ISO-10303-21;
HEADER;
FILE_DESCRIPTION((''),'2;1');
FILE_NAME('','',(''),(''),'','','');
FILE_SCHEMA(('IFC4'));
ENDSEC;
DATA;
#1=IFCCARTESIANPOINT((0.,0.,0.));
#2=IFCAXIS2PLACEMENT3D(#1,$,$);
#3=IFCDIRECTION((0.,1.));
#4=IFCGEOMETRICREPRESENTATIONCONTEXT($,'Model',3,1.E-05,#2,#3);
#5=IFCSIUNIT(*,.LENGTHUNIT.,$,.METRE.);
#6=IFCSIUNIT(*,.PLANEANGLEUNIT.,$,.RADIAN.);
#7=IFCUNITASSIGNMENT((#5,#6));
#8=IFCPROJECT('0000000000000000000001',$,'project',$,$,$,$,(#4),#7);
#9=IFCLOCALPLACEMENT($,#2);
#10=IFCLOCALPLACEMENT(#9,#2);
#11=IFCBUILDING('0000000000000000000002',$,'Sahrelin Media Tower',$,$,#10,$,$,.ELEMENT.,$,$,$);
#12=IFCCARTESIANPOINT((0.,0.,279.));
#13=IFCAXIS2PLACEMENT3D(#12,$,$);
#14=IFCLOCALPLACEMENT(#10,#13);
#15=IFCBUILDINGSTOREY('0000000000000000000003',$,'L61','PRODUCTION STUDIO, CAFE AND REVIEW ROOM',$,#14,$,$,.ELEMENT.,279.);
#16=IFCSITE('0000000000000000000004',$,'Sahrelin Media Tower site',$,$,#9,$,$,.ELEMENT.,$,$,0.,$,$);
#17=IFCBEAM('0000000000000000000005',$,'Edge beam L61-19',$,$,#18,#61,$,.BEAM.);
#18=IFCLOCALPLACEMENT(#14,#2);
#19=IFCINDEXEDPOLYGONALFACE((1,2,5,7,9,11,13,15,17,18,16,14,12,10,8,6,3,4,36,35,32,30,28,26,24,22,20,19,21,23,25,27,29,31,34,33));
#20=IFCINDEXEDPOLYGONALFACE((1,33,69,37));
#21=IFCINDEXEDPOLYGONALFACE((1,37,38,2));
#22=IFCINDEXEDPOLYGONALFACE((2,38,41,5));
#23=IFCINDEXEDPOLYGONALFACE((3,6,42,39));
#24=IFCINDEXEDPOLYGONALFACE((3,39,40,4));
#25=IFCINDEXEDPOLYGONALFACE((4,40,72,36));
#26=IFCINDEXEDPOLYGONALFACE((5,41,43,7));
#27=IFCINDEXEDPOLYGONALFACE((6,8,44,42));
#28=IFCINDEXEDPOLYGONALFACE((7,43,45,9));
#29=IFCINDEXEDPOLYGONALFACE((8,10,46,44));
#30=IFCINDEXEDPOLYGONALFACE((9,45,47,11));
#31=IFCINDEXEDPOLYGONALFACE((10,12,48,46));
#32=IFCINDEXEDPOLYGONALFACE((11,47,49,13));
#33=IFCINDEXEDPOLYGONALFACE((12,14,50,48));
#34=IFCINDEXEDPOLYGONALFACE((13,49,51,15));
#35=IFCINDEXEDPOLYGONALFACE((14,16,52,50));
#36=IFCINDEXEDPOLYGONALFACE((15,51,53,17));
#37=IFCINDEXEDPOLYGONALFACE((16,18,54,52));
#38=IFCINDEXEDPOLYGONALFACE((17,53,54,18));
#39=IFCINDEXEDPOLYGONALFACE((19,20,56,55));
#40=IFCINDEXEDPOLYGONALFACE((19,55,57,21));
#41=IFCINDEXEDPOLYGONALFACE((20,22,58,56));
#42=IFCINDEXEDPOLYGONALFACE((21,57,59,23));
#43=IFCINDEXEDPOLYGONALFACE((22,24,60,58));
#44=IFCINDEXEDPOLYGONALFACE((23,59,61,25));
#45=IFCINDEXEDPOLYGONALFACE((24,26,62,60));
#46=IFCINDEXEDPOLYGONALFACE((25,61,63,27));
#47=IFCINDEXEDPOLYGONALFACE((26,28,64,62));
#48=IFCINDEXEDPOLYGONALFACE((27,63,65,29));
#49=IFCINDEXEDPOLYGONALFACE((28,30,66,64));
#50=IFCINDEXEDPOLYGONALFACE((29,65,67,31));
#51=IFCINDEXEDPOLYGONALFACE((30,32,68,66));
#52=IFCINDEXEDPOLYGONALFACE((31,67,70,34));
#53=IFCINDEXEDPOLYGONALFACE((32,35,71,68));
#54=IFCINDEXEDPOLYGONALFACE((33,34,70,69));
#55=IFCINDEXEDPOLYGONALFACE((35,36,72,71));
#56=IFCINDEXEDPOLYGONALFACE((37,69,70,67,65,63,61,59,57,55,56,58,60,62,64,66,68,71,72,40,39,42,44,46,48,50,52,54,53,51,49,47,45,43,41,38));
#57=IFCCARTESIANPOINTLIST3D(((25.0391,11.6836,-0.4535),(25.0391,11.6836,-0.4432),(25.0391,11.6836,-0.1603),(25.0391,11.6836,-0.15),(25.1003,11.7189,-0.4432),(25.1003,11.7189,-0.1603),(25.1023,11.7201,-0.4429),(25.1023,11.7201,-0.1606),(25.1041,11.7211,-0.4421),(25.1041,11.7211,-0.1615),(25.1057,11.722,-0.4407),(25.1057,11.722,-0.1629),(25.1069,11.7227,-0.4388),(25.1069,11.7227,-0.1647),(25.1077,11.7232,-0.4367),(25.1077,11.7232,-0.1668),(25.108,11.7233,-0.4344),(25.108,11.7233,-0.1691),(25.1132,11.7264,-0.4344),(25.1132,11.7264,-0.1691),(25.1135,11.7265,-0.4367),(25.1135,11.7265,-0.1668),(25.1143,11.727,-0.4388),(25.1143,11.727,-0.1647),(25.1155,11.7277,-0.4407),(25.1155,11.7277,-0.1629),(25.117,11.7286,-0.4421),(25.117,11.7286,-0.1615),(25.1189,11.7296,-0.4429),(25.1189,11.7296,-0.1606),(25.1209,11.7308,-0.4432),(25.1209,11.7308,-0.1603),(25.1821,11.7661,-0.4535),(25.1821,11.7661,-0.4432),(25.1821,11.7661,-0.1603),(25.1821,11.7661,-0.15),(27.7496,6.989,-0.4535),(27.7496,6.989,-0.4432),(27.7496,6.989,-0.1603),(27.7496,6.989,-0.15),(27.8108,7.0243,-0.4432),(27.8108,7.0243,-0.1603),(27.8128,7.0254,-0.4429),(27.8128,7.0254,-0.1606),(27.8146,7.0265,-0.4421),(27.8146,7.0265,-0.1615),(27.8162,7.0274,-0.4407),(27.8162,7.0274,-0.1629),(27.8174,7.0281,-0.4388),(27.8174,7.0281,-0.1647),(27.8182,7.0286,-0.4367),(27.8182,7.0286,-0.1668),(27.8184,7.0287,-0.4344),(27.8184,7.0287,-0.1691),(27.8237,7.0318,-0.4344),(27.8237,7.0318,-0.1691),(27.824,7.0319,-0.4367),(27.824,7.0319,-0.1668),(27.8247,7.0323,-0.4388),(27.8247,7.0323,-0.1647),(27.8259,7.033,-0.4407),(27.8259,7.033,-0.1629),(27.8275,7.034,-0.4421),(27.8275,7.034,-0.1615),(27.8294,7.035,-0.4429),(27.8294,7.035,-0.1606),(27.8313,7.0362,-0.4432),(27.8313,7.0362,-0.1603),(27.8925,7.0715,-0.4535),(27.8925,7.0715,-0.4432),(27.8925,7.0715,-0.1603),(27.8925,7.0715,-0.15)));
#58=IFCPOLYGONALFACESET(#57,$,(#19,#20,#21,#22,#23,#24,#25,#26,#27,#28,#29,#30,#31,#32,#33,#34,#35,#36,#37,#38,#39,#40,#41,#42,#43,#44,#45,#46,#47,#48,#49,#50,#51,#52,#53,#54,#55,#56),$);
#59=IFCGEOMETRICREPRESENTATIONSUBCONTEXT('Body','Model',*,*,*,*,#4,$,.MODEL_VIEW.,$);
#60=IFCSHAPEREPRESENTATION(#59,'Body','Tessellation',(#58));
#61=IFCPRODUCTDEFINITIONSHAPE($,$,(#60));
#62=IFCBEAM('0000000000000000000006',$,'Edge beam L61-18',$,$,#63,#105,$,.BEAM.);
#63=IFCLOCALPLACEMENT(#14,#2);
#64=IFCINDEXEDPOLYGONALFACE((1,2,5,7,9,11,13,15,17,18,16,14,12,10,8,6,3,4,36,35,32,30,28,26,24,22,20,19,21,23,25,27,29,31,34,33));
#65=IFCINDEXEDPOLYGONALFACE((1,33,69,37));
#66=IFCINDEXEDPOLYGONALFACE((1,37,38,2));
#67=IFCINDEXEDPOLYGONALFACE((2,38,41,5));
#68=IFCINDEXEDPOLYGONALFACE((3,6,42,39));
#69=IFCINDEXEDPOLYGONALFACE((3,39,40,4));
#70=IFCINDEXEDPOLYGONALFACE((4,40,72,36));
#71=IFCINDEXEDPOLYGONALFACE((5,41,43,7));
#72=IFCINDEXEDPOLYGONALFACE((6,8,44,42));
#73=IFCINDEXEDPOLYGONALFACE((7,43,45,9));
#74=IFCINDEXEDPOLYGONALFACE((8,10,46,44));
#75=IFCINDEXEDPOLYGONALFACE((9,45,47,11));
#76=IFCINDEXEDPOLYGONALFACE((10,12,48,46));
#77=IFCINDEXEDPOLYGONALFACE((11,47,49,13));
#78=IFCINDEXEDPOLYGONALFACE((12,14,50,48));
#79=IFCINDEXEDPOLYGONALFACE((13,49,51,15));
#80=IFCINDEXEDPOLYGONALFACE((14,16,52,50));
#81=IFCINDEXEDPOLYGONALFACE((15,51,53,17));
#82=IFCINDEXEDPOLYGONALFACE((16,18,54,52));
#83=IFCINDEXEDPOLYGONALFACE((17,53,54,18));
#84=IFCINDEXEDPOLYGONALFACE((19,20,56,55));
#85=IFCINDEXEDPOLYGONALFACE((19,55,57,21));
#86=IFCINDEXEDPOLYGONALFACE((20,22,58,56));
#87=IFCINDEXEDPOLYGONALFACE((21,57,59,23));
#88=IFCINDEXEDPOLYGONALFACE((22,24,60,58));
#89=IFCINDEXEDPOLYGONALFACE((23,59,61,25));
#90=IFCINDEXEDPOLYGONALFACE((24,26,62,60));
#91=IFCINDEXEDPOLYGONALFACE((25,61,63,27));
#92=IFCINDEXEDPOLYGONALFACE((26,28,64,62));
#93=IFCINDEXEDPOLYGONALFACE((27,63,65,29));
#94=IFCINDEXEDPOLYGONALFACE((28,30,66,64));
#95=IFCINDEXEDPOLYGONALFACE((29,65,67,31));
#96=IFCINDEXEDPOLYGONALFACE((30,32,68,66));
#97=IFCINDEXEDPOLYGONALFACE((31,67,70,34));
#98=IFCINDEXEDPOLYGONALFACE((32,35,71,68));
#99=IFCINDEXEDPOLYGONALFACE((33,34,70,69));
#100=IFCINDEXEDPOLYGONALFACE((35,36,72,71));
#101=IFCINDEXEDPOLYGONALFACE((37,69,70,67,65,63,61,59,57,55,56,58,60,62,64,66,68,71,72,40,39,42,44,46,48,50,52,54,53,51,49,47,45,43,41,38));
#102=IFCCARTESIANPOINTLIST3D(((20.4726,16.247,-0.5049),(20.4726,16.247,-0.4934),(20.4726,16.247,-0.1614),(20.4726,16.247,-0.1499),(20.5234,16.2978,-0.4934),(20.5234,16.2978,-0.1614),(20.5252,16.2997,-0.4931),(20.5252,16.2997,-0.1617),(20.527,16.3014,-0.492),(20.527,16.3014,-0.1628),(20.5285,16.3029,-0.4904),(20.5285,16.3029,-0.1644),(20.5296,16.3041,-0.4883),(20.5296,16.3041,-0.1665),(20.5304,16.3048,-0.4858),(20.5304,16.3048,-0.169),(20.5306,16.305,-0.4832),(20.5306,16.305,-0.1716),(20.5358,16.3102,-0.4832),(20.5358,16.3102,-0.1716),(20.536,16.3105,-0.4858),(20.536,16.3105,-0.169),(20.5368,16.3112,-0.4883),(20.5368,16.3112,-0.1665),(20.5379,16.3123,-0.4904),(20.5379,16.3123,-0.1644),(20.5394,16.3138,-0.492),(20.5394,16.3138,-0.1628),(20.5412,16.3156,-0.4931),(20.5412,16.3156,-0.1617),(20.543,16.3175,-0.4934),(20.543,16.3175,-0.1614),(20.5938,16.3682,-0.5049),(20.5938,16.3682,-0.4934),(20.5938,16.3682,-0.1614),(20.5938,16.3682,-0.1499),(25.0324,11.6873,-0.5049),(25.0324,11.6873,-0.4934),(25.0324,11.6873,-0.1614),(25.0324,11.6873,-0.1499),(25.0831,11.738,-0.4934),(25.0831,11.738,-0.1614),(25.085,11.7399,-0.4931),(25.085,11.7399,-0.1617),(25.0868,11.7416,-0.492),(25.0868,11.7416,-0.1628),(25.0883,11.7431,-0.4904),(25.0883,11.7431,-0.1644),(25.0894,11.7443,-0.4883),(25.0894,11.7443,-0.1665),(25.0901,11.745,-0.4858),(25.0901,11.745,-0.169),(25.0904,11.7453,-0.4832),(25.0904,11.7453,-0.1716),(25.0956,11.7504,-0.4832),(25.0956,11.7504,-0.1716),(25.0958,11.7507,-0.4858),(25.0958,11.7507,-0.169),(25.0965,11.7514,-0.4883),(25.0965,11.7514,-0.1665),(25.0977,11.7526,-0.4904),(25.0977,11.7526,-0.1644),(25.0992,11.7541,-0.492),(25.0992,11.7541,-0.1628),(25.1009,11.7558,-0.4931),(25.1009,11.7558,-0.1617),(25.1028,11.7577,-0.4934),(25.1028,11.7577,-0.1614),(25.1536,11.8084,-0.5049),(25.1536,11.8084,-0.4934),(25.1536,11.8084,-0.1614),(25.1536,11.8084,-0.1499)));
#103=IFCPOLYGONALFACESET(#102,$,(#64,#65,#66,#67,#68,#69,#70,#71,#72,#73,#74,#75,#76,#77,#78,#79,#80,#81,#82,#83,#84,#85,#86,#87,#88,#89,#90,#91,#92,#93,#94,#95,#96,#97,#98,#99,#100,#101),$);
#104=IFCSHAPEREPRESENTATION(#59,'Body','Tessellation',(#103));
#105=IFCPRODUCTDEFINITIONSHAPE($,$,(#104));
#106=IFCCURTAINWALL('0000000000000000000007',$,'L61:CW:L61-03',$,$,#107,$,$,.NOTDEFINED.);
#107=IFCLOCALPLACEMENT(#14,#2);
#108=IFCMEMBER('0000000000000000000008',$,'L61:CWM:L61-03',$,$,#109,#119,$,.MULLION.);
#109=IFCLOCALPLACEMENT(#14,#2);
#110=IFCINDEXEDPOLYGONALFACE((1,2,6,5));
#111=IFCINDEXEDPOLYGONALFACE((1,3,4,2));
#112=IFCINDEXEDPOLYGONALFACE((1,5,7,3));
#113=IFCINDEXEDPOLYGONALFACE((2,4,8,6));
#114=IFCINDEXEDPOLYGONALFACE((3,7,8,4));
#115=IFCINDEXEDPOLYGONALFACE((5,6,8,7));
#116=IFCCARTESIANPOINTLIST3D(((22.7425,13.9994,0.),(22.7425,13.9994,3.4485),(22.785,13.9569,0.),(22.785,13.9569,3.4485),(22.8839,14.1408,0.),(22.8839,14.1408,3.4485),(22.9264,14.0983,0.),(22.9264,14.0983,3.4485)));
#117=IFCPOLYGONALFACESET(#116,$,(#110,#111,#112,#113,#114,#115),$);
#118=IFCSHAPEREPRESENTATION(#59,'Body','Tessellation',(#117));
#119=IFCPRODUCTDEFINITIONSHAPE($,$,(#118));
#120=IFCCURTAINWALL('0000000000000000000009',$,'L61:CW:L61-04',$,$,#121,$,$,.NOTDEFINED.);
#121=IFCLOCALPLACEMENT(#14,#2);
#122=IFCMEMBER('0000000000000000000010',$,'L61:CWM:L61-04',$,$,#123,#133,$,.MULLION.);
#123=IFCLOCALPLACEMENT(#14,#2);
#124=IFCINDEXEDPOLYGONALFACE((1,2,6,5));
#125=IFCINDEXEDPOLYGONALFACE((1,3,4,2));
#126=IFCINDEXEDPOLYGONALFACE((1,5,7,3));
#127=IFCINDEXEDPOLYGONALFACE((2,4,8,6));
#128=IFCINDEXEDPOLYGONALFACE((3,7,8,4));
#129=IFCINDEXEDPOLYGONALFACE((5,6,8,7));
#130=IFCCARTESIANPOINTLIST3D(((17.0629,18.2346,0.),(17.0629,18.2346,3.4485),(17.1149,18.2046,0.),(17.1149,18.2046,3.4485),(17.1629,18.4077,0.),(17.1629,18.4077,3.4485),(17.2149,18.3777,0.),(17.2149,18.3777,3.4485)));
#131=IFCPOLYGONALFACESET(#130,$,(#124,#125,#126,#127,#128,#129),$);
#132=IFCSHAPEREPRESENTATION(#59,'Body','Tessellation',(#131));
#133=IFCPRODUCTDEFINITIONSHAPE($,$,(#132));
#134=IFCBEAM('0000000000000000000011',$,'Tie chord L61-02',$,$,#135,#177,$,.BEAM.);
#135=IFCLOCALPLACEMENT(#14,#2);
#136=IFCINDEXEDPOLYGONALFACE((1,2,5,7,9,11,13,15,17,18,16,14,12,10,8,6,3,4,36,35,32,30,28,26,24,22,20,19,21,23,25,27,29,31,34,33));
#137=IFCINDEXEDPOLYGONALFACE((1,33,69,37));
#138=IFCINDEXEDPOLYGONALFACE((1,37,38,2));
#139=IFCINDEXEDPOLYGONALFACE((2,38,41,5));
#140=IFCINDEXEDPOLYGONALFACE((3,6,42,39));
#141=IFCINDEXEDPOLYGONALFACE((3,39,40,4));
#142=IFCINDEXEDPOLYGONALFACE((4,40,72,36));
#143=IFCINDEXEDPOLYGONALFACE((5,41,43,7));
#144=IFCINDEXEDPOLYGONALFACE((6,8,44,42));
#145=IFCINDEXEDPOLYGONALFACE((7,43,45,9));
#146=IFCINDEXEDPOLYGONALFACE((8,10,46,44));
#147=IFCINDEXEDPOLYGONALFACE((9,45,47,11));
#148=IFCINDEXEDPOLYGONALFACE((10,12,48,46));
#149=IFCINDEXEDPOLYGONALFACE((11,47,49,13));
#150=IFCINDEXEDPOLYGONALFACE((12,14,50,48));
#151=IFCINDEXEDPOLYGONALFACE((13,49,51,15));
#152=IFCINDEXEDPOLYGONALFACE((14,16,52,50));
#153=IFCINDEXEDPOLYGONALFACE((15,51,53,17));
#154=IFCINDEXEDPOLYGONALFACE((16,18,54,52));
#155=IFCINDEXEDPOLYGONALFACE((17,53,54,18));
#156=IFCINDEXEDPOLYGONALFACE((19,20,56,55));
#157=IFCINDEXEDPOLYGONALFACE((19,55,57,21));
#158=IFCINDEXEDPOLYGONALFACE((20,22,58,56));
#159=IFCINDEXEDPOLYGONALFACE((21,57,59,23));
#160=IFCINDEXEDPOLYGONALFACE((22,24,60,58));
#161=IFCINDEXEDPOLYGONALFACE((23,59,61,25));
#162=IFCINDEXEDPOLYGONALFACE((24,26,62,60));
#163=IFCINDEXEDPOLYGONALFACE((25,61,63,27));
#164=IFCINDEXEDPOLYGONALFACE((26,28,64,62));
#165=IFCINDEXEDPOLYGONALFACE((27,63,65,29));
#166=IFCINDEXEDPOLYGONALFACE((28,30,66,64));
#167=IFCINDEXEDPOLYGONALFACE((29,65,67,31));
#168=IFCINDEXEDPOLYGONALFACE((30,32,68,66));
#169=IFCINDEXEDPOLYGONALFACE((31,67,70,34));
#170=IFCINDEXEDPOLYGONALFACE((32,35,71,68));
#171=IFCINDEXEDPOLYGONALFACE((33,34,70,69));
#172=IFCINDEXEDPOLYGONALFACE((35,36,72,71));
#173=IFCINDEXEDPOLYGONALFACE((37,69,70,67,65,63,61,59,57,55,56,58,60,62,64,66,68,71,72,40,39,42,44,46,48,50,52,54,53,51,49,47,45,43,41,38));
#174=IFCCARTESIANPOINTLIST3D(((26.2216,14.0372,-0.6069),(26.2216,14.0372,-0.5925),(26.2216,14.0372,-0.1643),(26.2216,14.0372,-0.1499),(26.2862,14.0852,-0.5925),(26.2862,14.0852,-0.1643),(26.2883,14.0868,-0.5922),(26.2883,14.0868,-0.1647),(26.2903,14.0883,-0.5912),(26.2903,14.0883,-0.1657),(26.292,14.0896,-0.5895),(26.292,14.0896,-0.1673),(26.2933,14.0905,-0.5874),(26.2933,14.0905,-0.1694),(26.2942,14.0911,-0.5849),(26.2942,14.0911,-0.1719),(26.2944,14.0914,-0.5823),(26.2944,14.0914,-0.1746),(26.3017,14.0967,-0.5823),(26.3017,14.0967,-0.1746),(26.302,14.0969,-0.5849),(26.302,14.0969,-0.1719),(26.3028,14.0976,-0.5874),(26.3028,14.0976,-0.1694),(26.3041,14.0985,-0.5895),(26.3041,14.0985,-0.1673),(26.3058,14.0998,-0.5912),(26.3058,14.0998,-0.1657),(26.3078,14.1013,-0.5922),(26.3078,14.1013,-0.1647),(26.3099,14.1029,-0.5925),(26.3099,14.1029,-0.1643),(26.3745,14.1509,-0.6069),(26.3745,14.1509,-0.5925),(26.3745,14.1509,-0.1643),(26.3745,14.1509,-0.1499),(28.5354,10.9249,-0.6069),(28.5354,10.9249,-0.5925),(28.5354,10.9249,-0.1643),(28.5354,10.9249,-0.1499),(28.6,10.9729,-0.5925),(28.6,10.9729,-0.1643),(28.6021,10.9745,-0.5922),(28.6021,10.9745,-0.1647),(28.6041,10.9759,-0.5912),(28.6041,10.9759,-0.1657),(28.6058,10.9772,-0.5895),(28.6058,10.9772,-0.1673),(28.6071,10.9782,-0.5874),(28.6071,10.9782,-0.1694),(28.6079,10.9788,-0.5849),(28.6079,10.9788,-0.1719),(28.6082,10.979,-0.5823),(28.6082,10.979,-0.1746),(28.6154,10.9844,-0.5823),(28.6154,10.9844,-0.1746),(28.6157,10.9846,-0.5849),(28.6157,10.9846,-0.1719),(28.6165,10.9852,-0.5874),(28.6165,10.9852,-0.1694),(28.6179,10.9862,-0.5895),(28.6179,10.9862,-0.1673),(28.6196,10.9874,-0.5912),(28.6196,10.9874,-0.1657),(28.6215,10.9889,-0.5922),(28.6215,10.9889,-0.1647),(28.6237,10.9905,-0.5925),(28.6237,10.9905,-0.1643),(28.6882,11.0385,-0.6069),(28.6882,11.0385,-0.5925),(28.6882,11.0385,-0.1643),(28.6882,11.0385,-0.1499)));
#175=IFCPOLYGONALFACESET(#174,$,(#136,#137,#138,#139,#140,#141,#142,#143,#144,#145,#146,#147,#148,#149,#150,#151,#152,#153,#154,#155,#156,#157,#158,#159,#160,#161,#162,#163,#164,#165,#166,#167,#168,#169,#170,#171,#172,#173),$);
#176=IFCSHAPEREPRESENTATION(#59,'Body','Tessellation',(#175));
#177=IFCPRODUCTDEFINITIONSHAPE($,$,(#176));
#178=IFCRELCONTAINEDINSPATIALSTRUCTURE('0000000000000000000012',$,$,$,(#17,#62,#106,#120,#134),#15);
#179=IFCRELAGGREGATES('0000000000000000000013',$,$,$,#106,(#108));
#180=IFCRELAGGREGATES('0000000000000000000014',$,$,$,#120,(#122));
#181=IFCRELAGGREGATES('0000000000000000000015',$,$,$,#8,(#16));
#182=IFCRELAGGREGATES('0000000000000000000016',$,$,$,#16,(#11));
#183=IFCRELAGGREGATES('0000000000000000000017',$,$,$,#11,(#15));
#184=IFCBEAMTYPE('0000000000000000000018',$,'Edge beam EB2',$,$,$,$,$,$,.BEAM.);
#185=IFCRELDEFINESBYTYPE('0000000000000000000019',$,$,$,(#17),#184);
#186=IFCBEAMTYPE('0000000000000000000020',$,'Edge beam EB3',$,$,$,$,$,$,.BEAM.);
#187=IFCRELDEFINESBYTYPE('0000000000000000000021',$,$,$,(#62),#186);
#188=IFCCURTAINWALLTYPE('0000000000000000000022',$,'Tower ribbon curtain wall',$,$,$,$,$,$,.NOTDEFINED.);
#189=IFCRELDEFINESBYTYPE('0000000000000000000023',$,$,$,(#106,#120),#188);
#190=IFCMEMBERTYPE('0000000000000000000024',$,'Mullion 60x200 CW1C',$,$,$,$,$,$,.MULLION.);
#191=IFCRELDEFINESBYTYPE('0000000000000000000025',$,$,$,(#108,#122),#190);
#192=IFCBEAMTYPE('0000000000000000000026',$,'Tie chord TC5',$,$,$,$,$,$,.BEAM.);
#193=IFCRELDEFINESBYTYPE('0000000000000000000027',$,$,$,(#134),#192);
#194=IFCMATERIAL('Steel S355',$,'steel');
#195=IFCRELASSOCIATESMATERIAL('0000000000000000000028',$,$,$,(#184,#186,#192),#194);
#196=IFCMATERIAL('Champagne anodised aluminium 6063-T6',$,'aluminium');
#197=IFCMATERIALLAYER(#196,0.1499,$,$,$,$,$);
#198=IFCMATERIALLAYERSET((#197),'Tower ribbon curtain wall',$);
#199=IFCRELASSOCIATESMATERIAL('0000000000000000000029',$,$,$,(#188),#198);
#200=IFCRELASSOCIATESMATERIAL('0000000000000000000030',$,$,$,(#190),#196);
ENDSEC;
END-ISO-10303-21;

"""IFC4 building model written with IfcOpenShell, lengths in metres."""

from ifc_helpers import new_model, si_unit, direction, frame, origin, origin_2d, place, context, subcontext, project, spatial, rectangle, i_section, extrude, material, layer, layer_set, material_profile, profile_set, type_object, element, aggregate, save


model = new_model("IFC4")

# Units and contexts
model_context = context("Model", 3, precision=1e-05, world=origin(), true_north=direction((0.0, 1.0)))
body_context = subcontext(model_context, "Body", "Model", "MODEL_VIEW")
ifc_project = project(units=[si_unit("LENGTHUNIT", "METRE"), si_unit("PLANEANGLEUNIT", "RADIAN")], contexts=[model_context])

# Site, building, storey
site_placement = place(None, origin())
site = spatial("IfcSite", under=ifc_project, at=site_placement, Name="Sahrelin Media Tower site", CompositionType="ELEMENT", RefElevation=0.0)
building_placement = place(site_placement, origin())
building = spatial("IfcBuilding", under=site, at=building_placement, Name="Sahrelin Media Tower", CompositionType="ELEMENT")
storey_placement = place(building_placement, frame((0.0, 0.0, 279.0)))
storey = spatial("IfcBuildingStorey", under=building, at=storey_placement, Name="L61", Description="PRODUCTION STUDIO, CAFE AND REVIEW ROOM", CompositionType="ELEMENT", Elevation=279.0)

# Beams
ifc_material_1 = material(Name="Steel S355", Category="steel")
ifc_material_profile_1 = material_profile(ifc_material_1, i_section(OverallWidth=0.165, OverallDepth=0.3035, WebThickness=0.0061, FlangeThickness=0.0103, FilletRadius=0.0088, at=origin_2d()), Name="UB 305x165x40")
ifc_profile_set_1 = profile_set([ifc_material_profile_1], Name="Steel S355")
beam_type_1 = type_object("IfcBeamType", Name="Edge beam EB2", PredefinedType="BEAM", material=ifc_profile_set_1)
beam_1_placement = place(storey_placement, frame((25.1106, 11.7249, -0.3018), z_axis=(0.500004, -0.866023, 0.0), x_axis=(0.866023, 0.500004, 0.0)))
element("IfcBeam", 1, at=beam_1_placement, inside=storey, type_object=beam_type_1, Name="Edge beam L61-19", PredefinedType="BEAM", context=body_context, shape_type="SweptSolid", body=[
    extrude(i_section(OverallWidth=0.165, OverallDepth=0.3035, WebThickness=0.0061, FlangeThickness=0.0103, FilletRadius=0.0088, at=origin_2d()), origin(), (0.0, 0.0, 1.0), 5.4209),
])
ifc_material_profile_2 = material_profile(ifc_material_1, i_section(OverallWidth=0.1714, OverallDepth=0.355, WebThickness=0.0073, FlangeThickness=0.0115, FilletRadius=0.0103, at=origin_2d()), Name="UB 356x171x51")
ifc_profile_set_2 = profile_set([ifc_material_profile_2], Name="Steel S355")
beam_type_2 = type_object("IfcBeamType", Name="Edge beam EB3", PredefinedType="BEAM", material=ifc_profile_set_2)
beam_2_placement = place(storey_placement, frame((20.5332, 16.3076, -0.3274), z_axis=(0.707107, -0.707107, 0.0), x_axis=(0.707107, 0.707107, 0.0)))
element("IfcBeam", 2, at=beam_2_placement, inside=storey, type_object=beam_type_2, Name="Edge beam L61-18", PredefinedType="BEAM", context=body_context, shape_type="SweptSolid", body=[
    extrude(i_section(OverallWidth=0.1714, OverallDepth=0.355, WebThickness=0.0073, FlangeThickness=0.0115, FilletRadius=0.0103, at=origin_2d()), origin(), (0.0, 0.0, 1.0), 6.4485),
])

# Curtain walls, members
ifc_material_2 = material(Name="Champagne anodised aluminium 6063-T6", Category="aluminium")
ifc_layer_1 = layer(ifc_material_2, 0.1499)
ifc_layer_set_1 = layer_set([ifc_layer_1], Name="Tower ribbon curtain wall")
curtain_wall_type = type_object("IfcCurtainWallType", Name="Tower ribbon curtain wall", PredefinedType="NOTDEFINED", material=ifc_layer_set_1)
curtain_wall_1_placement = place(storey_placement, frame((22.9192, 14.1335, 0.0), z_axis=(0.0, 0.0, 1.0), x_axis=(1.0, 0.0, 0.0)))
curtain_wall_1 = element("IfcCurtainWall", 3, at=curtain_wall_1_placement, inside=storey, type_object=curtain_wall_type, Name="L61:CW:L61-03", PredefinedType="NOTDEFINED")
ifc_material_profile_3 = material_profile(ifc_material_2, rectangle(XDim=0.0601, YDim=0.2, at=origin_2d()), Name="Mullion 60x200")
ifc_profile_set_3 = profile_set([ifc_material_profile_3], Name="Champagne anodised aluminium 6063-T6")
member_type_1 = type_object("IfcMemberType", Name="Mullion 60x200 CW1C", PredefinedType="MULLION", material=ifc_profile_set_3)
member_1_placement = place(storey_placement, frame((22.8345, 14.0488, 0.0), z_axis=(0.0, 0.0, 1.0), x_axis=(-0.707107, 0.707107, 0.0)))
member_1 = element("IfcMember", 4, at=member_1_placement, type_object=member_type_1, Name="L61:CWM:L61-03", PredefinedType="MULLION", context=body_context, shape_type="SweptSolid", body=[
    extrude(rectangle(XDim=0.0601, YDim=0.2, at=origin_2d()), origin(), (0.0, 0.0, 1.0), 3.4485),
])
curtain_wall_2_placement = place(storey_placement, frame((17.199, 18.4102, 0.0), z_axis=(0.0, 0.0, 1.0), x_axis=(1.0, 0.0, 0.0)))
curtain_wall_2 = element("IfcCurtainWall", 5, at=curtain_wall_2_placement, inside=storey, type_object=curtain_wall_type, Name="L61:CW:L61-04", PredefinedType="NOTDEFINED")
member_2_placement = place(storey_placement, frame((17.1389, 18.3062, 0.0), z_axis=(0.0, 0.0, 1.0), x_axis=(-0.866027, 0.499997, 0.0)))
member_2 = element("IfcMember", 6, at=member_2_placement, type_object=member_type_1, Name="L61:CWM:L61-04", PredefinedType="MULLION", context=body_context, shape_type="SweptSolid", body=[
    extrude(rectangle(XDim=0.0601, YDim=0.2, at=origin_2d()), origin(), (0.0, 0.0, 1.0), 3.4485),
])

# Beam
ifc_material_profile_4 = material_profile(ifc_material_1, i_section(OverallWidth=0.1904, OverallDepth=0.457, WebThickness=0.009, FlangeThickness=0.0144, FilletRadius=0.0103, at=origin_2d()), Name="UB 457x191x74")
ifc_profile_set_4 = profile_set([ifc_material_profile_4], Name="Steel S355")
beam_type_3 = type_object("IfcBeamType", Name="Tie chord TC5", PredefinedType="BEAM", material=ifc_profile_set_4)
beam_3_placement = place(storey_placement, frame((28.6118, 10.9817, -0.3784), z_axis=(-0.59661, 0.802531, 0.0), x_axis=(-0.802531, -0.59661, 0.0)))
element("IfcBeam", 7, at=beam_3_placement, inside=storey, type_object=beam_type_3, Name="Tie chord L61-02", PredefinedType="BEAM", context=body_context, shape_type="SweptSolid", body=[
    extrude(i_section(OverallWidth=0.1904, OverallDepth=0.457, WebThickness=0.009, FlangeThickness=0.0144, FilletRadius=0.0103, at=origin_2d()), origin(), (0.0, 0.0, 1.0), 3.8782),
])

aggregate(curtain_wall_1, [member_1])
aggregate(curtain_wall_2, [member_2])

save(model, "model.ifc")
